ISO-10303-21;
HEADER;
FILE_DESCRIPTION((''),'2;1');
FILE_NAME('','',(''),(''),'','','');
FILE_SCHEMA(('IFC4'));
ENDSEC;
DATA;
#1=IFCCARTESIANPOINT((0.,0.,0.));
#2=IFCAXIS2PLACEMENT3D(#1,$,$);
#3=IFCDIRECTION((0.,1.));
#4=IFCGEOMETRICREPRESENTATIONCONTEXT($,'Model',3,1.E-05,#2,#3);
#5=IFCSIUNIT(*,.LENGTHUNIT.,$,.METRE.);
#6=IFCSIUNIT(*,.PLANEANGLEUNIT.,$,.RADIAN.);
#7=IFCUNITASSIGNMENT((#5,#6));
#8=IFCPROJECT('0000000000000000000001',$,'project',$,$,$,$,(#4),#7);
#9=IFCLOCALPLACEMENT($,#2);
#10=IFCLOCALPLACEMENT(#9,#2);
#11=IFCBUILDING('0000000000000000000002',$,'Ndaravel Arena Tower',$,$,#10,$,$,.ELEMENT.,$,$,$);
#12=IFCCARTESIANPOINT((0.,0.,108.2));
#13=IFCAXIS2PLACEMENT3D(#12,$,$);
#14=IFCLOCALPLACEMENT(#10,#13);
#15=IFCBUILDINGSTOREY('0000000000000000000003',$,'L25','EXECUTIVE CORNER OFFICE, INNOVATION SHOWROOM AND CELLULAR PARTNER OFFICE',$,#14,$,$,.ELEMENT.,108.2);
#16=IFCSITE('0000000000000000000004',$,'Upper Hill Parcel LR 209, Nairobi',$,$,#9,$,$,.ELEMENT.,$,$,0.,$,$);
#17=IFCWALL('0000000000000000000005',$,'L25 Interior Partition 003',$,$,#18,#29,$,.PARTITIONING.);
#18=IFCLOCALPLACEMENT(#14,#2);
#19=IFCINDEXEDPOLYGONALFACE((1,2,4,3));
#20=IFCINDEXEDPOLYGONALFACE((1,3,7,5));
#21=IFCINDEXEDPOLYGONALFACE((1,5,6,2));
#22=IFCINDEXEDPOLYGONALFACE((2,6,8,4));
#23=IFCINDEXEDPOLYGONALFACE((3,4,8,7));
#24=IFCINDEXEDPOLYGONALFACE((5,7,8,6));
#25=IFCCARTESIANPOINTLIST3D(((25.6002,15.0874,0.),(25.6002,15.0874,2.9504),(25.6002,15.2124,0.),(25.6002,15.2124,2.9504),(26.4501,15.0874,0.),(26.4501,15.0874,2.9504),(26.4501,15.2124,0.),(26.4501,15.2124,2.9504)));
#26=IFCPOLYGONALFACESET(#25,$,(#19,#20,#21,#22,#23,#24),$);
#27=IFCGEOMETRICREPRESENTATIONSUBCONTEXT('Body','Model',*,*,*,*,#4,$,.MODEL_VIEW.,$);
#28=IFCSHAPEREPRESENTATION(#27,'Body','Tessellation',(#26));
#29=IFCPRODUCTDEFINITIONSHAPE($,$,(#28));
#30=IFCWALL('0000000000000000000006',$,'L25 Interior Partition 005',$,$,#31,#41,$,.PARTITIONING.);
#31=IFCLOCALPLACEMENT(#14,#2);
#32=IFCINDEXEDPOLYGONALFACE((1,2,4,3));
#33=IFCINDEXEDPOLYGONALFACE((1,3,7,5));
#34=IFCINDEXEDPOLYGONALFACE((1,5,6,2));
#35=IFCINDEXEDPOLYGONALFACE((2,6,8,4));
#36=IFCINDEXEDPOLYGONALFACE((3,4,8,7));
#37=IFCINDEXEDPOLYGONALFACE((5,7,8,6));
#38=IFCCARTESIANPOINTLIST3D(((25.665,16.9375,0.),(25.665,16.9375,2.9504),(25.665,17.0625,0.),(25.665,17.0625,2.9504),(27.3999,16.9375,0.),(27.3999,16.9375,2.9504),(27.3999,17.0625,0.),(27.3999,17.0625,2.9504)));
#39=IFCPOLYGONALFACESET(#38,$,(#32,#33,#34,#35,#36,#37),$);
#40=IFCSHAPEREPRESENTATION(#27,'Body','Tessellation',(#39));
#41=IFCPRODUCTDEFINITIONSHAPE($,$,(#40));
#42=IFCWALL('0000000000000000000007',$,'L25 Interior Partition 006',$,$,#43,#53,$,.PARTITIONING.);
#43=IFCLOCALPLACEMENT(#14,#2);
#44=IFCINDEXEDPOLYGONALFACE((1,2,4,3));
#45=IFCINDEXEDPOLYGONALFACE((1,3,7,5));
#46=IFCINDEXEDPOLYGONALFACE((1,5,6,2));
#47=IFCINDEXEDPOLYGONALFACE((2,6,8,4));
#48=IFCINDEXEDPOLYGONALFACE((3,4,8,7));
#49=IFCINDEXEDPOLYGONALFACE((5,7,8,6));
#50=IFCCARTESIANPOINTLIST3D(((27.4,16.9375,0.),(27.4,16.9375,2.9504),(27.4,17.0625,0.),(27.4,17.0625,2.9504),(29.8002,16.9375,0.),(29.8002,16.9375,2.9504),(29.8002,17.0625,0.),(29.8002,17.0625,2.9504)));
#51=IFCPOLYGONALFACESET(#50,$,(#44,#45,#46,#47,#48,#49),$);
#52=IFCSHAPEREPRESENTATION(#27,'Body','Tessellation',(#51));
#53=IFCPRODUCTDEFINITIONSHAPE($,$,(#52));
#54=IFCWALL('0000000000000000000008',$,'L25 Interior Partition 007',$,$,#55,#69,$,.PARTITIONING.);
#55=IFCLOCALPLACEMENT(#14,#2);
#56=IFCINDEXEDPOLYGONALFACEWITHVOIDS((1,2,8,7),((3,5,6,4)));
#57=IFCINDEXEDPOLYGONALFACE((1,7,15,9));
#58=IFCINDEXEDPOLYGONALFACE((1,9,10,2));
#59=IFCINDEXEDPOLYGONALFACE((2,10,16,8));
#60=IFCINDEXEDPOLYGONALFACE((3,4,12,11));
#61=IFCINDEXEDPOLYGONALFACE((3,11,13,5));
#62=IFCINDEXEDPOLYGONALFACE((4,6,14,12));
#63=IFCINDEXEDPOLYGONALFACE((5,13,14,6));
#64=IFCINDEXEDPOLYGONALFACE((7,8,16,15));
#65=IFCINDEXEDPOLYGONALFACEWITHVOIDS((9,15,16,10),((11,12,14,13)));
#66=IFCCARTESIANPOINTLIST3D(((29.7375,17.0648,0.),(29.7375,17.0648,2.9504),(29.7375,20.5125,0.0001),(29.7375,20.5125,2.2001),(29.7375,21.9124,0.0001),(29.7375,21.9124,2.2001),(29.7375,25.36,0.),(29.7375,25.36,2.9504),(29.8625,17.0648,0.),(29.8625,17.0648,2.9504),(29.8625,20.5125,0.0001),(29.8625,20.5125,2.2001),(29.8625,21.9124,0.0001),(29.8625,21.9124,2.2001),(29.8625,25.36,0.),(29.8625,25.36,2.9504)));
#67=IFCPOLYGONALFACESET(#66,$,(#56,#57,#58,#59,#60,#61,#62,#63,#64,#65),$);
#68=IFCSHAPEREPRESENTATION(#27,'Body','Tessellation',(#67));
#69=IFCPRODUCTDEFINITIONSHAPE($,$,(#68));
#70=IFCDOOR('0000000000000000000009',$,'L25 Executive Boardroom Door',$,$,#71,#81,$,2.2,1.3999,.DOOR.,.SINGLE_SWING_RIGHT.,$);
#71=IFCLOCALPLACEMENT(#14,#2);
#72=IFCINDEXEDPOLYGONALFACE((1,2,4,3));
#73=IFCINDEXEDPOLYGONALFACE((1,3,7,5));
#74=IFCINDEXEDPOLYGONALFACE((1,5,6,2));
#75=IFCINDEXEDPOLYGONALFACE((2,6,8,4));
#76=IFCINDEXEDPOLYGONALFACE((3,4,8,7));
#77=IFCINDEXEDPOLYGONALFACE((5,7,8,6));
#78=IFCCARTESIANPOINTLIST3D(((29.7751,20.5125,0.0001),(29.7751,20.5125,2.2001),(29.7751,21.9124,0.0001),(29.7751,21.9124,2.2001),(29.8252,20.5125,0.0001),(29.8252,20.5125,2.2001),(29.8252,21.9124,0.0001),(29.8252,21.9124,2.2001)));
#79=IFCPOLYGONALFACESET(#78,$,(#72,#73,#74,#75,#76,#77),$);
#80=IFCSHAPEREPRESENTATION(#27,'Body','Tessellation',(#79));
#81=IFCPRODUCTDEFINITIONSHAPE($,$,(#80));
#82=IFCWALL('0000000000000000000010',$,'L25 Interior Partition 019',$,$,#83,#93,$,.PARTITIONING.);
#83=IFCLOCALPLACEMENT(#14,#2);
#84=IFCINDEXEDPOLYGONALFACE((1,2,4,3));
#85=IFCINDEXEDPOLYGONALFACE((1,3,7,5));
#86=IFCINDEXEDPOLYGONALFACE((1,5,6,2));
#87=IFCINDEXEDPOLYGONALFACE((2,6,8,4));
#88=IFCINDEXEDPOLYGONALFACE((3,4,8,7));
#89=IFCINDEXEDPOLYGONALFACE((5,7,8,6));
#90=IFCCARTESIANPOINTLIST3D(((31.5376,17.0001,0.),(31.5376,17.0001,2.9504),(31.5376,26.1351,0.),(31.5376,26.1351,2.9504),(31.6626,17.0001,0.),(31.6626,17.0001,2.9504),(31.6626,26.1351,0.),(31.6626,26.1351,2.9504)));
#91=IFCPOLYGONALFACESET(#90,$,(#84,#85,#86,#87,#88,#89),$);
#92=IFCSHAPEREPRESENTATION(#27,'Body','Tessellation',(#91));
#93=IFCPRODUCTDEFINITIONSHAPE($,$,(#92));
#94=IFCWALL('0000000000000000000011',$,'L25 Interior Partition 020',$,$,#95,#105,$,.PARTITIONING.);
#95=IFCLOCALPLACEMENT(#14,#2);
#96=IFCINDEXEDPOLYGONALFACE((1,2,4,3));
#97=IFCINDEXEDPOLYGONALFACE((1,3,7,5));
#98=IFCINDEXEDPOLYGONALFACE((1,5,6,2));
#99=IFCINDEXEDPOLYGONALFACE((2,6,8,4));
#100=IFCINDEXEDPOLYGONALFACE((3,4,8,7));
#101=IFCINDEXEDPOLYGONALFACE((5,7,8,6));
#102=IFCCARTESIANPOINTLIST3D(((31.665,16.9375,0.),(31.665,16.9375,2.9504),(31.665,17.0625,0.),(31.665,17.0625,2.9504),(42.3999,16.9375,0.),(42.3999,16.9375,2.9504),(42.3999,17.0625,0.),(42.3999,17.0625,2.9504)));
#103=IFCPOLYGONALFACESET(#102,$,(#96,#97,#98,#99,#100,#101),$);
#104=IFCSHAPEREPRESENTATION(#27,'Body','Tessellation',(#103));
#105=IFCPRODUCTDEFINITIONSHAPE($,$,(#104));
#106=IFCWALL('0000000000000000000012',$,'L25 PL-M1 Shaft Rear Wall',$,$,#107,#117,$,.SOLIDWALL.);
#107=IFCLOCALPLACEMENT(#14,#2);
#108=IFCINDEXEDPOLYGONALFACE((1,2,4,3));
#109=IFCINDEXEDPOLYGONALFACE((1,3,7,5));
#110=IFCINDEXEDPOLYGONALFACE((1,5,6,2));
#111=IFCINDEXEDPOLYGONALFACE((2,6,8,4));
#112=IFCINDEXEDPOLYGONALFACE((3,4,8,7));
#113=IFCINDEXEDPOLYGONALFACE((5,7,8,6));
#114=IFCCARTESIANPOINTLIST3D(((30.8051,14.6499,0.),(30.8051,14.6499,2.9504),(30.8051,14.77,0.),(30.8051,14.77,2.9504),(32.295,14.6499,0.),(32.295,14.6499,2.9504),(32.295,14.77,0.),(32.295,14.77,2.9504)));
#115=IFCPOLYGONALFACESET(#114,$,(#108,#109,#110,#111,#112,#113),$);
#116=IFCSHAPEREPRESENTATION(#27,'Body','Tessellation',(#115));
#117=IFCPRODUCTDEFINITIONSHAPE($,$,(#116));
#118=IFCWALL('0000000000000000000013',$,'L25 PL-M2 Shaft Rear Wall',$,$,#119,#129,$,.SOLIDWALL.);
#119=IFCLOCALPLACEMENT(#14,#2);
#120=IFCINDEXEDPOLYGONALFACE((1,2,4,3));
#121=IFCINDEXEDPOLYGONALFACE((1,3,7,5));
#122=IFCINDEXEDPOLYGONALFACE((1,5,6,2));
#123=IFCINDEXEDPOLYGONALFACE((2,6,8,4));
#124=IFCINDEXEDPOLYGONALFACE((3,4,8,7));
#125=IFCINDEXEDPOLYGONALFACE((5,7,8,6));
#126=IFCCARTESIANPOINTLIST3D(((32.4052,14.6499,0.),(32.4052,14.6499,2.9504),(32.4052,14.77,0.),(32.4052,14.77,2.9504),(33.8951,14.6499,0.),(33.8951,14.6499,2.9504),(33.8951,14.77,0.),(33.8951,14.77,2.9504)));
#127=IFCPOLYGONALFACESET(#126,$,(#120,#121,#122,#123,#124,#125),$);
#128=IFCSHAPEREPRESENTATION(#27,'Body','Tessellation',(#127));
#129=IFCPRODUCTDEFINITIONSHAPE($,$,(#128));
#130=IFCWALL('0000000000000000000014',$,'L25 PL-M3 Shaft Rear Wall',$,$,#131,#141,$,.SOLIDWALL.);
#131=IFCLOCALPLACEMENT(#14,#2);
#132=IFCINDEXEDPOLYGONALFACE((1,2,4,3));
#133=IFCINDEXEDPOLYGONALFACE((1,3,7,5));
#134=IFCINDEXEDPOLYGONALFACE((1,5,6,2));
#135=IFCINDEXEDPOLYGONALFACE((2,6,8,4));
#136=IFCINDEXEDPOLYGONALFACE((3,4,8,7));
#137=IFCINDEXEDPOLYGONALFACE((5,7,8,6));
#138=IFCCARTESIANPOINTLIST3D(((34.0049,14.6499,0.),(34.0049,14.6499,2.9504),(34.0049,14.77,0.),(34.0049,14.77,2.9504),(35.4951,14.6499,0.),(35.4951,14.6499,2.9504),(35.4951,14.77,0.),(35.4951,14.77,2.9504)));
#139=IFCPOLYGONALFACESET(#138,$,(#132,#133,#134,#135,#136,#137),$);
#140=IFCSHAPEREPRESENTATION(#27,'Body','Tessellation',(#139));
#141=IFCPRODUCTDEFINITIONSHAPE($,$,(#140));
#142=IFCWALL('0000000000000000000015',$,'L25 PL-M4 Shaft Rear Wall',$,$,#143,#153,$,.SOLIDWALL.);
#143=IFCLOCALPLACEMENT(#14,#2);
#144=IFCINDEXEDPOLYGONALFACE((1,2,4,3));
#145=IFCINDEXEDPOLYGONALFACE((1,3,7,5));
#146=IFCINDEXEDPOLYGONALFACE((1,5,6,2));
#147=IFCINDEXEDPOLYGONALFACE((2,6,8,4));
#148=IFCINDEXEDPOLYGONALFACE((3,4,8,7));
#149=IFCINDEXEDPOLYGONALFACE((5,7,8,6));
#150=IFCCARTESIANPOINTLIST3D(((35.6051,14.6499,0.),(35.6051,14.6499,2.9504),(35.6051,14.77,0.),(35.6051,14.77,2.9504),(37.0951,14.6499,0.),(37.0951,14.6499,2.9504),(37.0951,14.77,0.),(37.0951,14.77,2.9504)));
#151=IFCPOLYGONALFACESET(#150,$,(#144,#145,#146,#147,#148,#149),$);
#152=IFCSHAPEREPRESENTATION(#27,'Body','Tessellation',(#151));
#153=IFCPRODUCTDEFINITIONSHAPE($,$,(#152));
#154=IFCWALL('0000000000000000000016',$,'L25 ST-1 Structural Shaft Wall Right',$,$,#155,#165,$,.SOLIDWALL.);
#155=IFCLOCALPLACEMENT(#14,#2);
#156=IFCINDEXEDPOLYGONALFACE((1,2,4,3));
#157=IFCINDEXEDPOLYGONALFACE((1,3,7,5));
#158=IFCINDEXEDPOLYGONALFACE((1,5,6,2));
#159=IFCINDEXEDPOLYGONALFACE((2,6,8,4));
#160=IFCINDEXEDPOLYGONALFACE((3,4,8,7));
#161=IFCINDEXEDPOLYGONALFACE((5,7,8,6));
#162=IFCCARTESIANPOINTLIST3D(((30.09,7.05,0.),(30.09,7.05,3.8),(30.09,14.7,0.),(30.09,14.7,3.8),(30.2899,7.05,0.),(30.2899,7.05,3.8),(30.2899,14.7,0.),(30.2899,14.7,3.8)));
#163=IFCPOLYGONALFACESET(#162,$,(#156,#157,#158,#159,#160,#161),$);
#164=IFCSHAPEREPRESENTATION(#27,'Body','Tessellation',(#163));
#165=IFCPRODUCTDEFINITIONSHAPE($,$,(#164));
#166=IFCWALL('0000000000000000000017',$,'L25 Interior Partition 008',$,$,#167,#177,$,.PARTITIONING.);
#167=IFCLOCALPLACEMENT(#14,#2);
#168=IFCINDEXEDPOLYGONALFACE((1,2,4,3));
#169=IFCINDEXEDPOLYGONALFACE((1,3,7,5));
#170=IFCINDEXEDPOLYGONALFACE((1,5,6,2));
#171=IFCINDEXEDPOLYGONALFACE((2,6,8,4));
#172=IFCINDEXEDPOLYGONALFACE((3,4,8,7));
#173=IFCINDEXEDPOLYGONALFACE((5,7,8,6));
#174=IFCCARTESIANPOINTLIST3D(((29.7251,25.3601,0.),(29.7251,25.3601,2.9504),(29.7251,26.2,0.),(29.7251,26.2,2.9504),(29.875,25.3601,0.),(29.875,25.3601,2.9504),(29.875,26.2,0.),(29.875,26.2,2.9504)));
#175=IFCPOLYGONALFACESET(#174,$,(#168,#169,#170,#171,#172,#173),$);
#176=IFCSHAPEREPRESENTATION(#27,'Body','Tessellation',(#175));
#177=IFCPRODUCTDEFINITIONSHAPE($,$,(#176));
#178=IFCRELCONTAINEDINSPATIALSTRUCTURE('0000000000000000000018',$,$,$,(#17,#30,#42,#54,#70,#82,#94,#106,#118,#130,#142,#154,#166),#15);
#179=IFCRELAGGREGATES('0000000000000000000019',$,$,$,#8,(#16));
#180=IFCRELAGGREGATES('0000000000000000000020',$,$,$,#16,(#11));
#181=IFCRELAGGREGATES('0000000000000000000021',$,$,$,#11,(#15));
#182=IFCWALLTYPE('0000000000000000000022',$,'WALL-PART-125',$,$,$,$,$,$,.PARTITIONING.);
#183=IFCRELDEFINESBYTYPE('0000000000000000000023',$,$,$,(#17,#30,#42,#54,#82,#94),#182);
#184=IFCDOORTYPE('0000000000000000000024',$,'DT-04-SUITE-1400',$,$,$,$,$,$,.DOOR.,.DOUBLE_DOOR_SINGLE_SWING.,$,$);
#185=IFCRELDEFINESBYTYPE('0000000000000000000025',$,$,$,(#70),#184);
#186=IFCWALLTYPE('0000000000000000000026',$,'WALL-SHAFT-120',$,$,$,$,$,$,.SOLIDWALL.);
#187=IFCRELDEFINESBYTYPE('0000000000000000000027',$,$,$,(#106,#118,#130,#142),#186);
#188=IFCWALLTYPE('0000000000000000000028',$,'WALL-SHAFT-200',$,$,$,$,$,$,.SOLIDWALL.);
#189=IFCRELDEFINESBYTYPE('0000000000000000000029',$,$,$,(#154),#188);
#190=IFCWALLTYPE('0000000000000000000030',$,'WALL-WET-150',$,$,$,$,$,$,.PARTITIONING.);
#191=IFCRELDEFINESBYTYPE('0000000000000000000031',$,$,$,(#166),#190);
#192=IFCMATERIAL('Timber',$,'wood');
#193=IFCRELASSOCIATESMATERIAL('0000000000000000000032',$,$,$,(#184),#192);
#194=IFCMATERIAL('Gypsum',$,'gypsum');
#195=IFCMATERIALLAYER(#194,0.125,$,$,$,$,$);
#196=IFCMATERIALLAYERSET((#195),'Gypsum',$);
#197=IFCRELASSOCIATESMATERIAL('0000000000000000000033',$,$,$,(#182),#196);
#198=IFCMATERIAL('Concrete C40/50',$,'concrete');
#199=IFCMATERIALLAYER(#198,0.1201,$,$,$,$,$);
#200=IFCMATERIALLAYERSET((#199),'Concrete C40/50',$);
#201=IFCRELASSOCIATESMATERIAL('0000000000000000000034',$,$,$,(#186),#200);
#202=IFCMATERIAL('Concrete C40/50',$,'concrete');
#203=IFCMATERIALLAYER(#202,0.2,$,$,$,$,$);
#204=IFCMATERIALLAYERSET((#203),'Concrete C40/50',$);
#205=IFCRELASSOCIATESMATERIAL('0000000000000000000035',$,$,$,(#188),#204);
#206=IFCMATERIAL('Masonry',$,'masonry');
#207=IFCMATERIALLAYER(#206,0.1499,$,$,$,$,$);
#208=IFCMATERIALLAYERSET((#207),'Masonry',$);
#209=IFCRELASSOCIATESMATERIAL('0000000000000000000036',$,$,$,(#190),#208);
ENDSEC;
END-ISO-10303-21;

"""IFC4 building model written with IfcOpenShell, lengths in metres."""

from ifc_helpers import new_model, si_unit, direction, frame, frame_2d, origin, place, context, subcontext, project, spatial, rectangle, extrude, material, layer, layer_set, type_object, element, fill, save


model = new_model("IFC4")

# Units and contexts
model_context = context("Model", 3, precision=1e-05, world=origin(), true_north=direction((0.0, 1.0)))
body_context = subcontext(model_context, "Body", "Model", "MODEL_VIEW")
ifc_project = project(units=[si_unit("LENGTHUNIT", "METRE"), si_unit("PLANEANGLEUNIT", "RADIAN")], contexts=[model_context])

# Site, building, storey
site_placement = place(None, origin())
site = spatial("IfcSite", under=ifc_project, at=site_placement, Name="Upper Hill Parcel LR 209, Nairobi", CompositionType="ELEMENT", RefElevation=0.0)
building_placement = place(site_placement, origin())
building = spatial("IfcBuilding", under=site, at=building_placement, Name="Ndaravel Arena Tower", CompositionType="ELEMENT")
storey_placement = place(building_placement, frame((0.0, 0.0, 108.2)))
storey = spatial("IfcBuildingStorey", under=building, at=storey_placement, Name="L25", Description="EXECUTIVE CORNER OFFICE, INNOVATION SHOWROOM AND CELLULAR PARTNER OFFICE", CompositionType="ELEMENT", Elevation=108.2)

# Shared definitions
ifc_material_1 = material(Name="Timber", Category="wood")
door_type_1 = type_object("IfcDoorType", Name="DT-04-SUITE-1400", OperationType="DOUBLE_DOOR_SINGLE_SWING", PredefinedType="DOOR", material=ifc_material_1)

# Walls
ifc_material_2 = material(Name="Gypsum", Category="gypsum")
ifc_layer_1 = layer(ifc_material_2, 0.125)
ifc_layer_set_1 = layer_set([ifc_layer_1], Name="Gypsum")
wall_type_1 = type_object("IfcWallType", Name="WALL-PART-125", PredefinedType="PARTITIONING", material=ifc_layer_set_1)
wall_1_placement = place(storey_placement, frame((26.45, 15.1499, 0.0), z_axis=(0.0, 0.0, 1.0), x_axis=(-1.0, 0.0, 0.0)))
element("IfcWall", 1, at=wall_1_placement, inside=storey, type_object=wall_type_1, Name="L25 Interior Partition 003", PredefinedType="PARTITIONING", context=body_context, shape_type="SweptSolid", body=[
    extrude(rectangle(XDim=0.8499, YDim=0.125, at=frame_2d((0.4248, 0.0))), origin(), (0.0, 0.0, 1.0), 2.9504),
])
wall_2_placement = place(storey_placement, frame((25.665, 17.0, 0.0), z_axis=(0.0, 0.0, 1.0), x_axis=(1.0, 0.0, 0.0)))
element("IfcWall", 2, at=wall_2_placement, inside=storey, type_object=wall_type_1, Name="L25 Interior Partition 005", PredefinedType="PARTITIONING", context=body_context, shape_type="SweptSolid", body=[
    extrude(rectangle(XDim=1.7349, YDim=0.125, at=frame_2d((0.8674, 0.0))), origin(), (0.0, 0.0, 1.0), 2.9504),
])
wall_3_placement = place(storey_placement, frame((27.3999, 17.0, 0.0), z_axis=(0.0, 0.0, 1.0), x_axis=(1.0, 0.0, 0.0)))
element("IfcWall", 3, at=wall_3_placement, inside=storey, type_object=wall_type_1, Name="L25 Interior Partition 006", PredefinedType="PARTITIONING", context=body_context, shape_type="SweptSolid", body=[
    extrude(rectangle(XDim=2.4001, YDim=0.125, at=frame_2d((1.2002, 0.0))), origin(), (0.0, 0.0, 1.0), 2.9504),
])

# Wall, opening, door
wall_4_placement = place(storey_placement, frame((29.8, 17.0649, 0.0), z_axis=(0.0, 0.0, 1.0), x_axis=(0.0, 1.0, 0.0)))
wall_4 = element("IfcWall", 4, at=wall_4_placement, inside=storey, type_object=wall_type_1, Name="L25 Interior Partition 007", PredefinedType="PARTITIONING", context=body_context, shape_type="SweptSolid", body=[
    extrude(rectangle(XDim=8.2952, YDim=0.125, at=frame_2d((4.1475, 0.0))), origin(), (0.0, 0.0, 1.0), 2.9504),
])
opening_1_placement = place(wall_4_placement, frame((3.4475, 0.0, 0.0)))
opening_1 = element("IfcOpeningElement", 5, at=opening_1_placement, cuts=wall_4, PredefinedType="OPENING", context=body_context, shape_type="SweptSolid", body=[
    extrude(rectangle(XDim=1.3999, YDim=2.2, at=frame_2d((0.7, 1.1001))), frame((0.0, 0.0625, 0.0), z_axis=(0.0, -1.0, 0.0), x_axis=(1.0, 0.0, 0.0)), (0.0, 0.0, 1.0), 0.125),
])
door_1_placement = place(opening_1_placement, origin())
door_1 = element("IfcDoor", 6, at=door_1_placement, inside=storey, type_object=door_type_1, Name="L25 Executive Boardroom Door", OperationType="SINGLE_SWING_RIGHT", OverallHeight=2.2, OverallWidth=1.3999, PredefinedType="DOOR", context=body_context, shape_type="SweptSolid", body=[
    extrude(rectangle(XDim=1.3999, YDim=2.2, at=frame_2d((0.7, 1.1001))), frame((0.0, 0.0249, 0.0), z_axis=(0.0, -1.0, 0.0), x_axis=(1.0, 0.0, 0.0)), (0.0, 0.0, 1.0), 0.05),
])
fill(opening_1, door_1)

# Walls
wall_5_placement = place(storey_placement, frame((31.6001, 26.135, 0.0), z_axis=(0.0, 0.0, 1.0), x_axis=(0.0, -1.0, 0.0)))
element("IfcWall", 7, at=wall_5_placement, inside=storey, type_object=wall_type_1, Name="L25 Interior Partition 019", PredefinedType="PARTITIONING", context=body_context, shape_type="SweptSolid", body=[
    extrude(rectangle(XDim=9.135, YDim=0.125, at=frame_2d((4.5674, 0.0))), origin(), (0.0, 0.0, 1.0), 2.9504),
])
wall_6_placement = place(storey_placement, frame((31.665, 17.0, 0.0), z_axis=(0.0, 0.0, 1.0), x_axis=(1.0, 0.0, 0.0)))
element("IfcWall", 8, at=wall_6_placement, inside=storey, type_object=wall_type_1, Name="L25 Interior Partition 020", PredefinedType="PARTITIONING", context=body_context, shape_type="SweptSolid", body=[
    extrude(rectangle(XDim=10.7349, YDim=0.125, at=frame_2d((5.3674, 0.0))), origin(), (0.0, 0.0, 1.0), 2.9504),
])
ifc_material_3 = material(Name="Concrete C40/50", Category="concrete")
ifc_layer_2 = layer(ifc_material_3, 0.1201)
ifc_layer_set_2 = layer_set([ifc_layer_2], Name="Concrete C40/50")
wall_type_2 = type_object("IfcWallType", Name="WALL-SHAFT-120", PredefinedType="SOLIDWALL", material=ifc_layer_set_2)
for number, where, z_axis, x_axis, name in (
    (9, (30.8049, 14.71, 0.0), (0.0, 0.0, 1.0), (1.0, 0.0, 0.0), "L25 PL-M1 Shaft Rear Wall"),
    (10, (32.405, 14.71, 0.0), (0.0, 0.0, 1.0), (1.0, 0.0, 0.0), "L25 PL-M2 Shaft Rear Wall"),
):
    element("IfcWall", number, at=place(storey_placement, frame(where, z_axis=z_axis, x_axis=x_axis)), inside=storey, type_object=wall_type_2, Name=name, PredefinedType="SOLIDWALL", context=body_context, shape_type="SweptSolid", body=[
        extrude(rectangle(XDim=1.49, YDim=0.1201, at=frame_2d((0.7451, 0.0))), origin(), (0.0, 0.0, 1.0), 2.9504),
    ])
wall_7_placement = place(storey_placement, frame((34.0049, 14.71, 0.0), z_axis=(0.0, 0.0, 1.0), x_axis=(1.0, 0.0, 0.0)))
element("IfcWall", 11, at=wall_7_placement, inside=storey, type_object=wall_type_2, Name="L25 PL-M3 Shaft Rear Wall", PredefinedType="SOLIDWALL", context=body_context, shape_type="SweptSolid", body=[
    extrude(rectangle(XDim=1.4902, YDim=0.1201, at=frame_2d((0.7451, 0.0))), origin(), (0.0, 0.0, 1.0), 2.9504),
])
wall_8_placement = place(storey_placement, frame((35.605, 14.71, 0.0), z_axis=(0.0, 0.0, 1.0), x_axis=(1.0, 0.0, 0.0)))
element("IfcWall", 12, at=wall_8_placement, inside=storey, type_object=wall_type_2, Name="L25 PL-M4 Shaft Rear Wall", PredefinedType="SOLIDWALL", context=body_context, shape_type="SweptSolid", body=[
    extrude(rectangle(XDim=1.49, YDim=0.1201, at=frame_2d((0.7451, 0.0))), origin(), (0.0, 0.0, 1.0), 2.9504),
])
ifc_material_4 = material(Name="Concrete C40/50", Category="concrete")
ifc_layer_3 = layer(ifc_material_4, 0.2)
ifc_layer_set_3 = layer_set([ifc_layer_3], Name="Concrete C40/50")
wall_type_3 = type_object("IfcWallType", Name="WALL-SHAFT-200", PredefinedType="SOLIDWALL", material=ifc_layer_set_3)
wall_9_placement = place(storey_placement, frame((30.1899, 14.7, 0.0), z_axis=(0.0, 0.0, 1.0), x_axis=(0.0, -1.0, 0.0)))
element("IfcWall", 13, at=wall_9_placement, inside=storey, type_object=wall_type_3, Name="L25 ST-1 Structural Shaft Wall Right", PredefinedType="SOLIDWALL", context=body_context, shape_type="SweptSolid", body=[
    extrude(rectangle(XDim=7.6499, YDim=0.2, at=frame_2d((3.825, 0.0))), origin(), (0.0, 0.0, 1.0), 3.8),
])
ifc_material_5 = material(Name="Masonry", Category="masonry")
ifc_layer_4 = layer(ifc_material_5, 0.1499)
ifc_layer_set_4 = layer_set([ifc_layer_4], Name="Masonry")
wall_type_4 = type_object("IfcWallType", Name="WALL-WET-150", PredefinedType="PARTITIONING", material=ifc_layer_set_4)
wall_10_placement = place(storey_placement, frame((29.8, 25.3601, 0.0), z_axis=(0.0, 0.0, 1.0), x_axis=(0.0, 1.0, 0.0)))
element("IfcWall", 14, at=wall_10_placement, inside=storey, type_object=wall_type_4, Name="L25 Interior Partition 008", PredefinedType="PARTITIONING", context=body_context, shape_type="SweptSolid", body=[
    extrude(rectangle(XDim=0.8398, YDim=0.1499, at=frame_2d((0.4199, 0.0))), origin(), (0.0, 0.0, 1.0), 2.9504),
])

save(model, "model.ifc")
